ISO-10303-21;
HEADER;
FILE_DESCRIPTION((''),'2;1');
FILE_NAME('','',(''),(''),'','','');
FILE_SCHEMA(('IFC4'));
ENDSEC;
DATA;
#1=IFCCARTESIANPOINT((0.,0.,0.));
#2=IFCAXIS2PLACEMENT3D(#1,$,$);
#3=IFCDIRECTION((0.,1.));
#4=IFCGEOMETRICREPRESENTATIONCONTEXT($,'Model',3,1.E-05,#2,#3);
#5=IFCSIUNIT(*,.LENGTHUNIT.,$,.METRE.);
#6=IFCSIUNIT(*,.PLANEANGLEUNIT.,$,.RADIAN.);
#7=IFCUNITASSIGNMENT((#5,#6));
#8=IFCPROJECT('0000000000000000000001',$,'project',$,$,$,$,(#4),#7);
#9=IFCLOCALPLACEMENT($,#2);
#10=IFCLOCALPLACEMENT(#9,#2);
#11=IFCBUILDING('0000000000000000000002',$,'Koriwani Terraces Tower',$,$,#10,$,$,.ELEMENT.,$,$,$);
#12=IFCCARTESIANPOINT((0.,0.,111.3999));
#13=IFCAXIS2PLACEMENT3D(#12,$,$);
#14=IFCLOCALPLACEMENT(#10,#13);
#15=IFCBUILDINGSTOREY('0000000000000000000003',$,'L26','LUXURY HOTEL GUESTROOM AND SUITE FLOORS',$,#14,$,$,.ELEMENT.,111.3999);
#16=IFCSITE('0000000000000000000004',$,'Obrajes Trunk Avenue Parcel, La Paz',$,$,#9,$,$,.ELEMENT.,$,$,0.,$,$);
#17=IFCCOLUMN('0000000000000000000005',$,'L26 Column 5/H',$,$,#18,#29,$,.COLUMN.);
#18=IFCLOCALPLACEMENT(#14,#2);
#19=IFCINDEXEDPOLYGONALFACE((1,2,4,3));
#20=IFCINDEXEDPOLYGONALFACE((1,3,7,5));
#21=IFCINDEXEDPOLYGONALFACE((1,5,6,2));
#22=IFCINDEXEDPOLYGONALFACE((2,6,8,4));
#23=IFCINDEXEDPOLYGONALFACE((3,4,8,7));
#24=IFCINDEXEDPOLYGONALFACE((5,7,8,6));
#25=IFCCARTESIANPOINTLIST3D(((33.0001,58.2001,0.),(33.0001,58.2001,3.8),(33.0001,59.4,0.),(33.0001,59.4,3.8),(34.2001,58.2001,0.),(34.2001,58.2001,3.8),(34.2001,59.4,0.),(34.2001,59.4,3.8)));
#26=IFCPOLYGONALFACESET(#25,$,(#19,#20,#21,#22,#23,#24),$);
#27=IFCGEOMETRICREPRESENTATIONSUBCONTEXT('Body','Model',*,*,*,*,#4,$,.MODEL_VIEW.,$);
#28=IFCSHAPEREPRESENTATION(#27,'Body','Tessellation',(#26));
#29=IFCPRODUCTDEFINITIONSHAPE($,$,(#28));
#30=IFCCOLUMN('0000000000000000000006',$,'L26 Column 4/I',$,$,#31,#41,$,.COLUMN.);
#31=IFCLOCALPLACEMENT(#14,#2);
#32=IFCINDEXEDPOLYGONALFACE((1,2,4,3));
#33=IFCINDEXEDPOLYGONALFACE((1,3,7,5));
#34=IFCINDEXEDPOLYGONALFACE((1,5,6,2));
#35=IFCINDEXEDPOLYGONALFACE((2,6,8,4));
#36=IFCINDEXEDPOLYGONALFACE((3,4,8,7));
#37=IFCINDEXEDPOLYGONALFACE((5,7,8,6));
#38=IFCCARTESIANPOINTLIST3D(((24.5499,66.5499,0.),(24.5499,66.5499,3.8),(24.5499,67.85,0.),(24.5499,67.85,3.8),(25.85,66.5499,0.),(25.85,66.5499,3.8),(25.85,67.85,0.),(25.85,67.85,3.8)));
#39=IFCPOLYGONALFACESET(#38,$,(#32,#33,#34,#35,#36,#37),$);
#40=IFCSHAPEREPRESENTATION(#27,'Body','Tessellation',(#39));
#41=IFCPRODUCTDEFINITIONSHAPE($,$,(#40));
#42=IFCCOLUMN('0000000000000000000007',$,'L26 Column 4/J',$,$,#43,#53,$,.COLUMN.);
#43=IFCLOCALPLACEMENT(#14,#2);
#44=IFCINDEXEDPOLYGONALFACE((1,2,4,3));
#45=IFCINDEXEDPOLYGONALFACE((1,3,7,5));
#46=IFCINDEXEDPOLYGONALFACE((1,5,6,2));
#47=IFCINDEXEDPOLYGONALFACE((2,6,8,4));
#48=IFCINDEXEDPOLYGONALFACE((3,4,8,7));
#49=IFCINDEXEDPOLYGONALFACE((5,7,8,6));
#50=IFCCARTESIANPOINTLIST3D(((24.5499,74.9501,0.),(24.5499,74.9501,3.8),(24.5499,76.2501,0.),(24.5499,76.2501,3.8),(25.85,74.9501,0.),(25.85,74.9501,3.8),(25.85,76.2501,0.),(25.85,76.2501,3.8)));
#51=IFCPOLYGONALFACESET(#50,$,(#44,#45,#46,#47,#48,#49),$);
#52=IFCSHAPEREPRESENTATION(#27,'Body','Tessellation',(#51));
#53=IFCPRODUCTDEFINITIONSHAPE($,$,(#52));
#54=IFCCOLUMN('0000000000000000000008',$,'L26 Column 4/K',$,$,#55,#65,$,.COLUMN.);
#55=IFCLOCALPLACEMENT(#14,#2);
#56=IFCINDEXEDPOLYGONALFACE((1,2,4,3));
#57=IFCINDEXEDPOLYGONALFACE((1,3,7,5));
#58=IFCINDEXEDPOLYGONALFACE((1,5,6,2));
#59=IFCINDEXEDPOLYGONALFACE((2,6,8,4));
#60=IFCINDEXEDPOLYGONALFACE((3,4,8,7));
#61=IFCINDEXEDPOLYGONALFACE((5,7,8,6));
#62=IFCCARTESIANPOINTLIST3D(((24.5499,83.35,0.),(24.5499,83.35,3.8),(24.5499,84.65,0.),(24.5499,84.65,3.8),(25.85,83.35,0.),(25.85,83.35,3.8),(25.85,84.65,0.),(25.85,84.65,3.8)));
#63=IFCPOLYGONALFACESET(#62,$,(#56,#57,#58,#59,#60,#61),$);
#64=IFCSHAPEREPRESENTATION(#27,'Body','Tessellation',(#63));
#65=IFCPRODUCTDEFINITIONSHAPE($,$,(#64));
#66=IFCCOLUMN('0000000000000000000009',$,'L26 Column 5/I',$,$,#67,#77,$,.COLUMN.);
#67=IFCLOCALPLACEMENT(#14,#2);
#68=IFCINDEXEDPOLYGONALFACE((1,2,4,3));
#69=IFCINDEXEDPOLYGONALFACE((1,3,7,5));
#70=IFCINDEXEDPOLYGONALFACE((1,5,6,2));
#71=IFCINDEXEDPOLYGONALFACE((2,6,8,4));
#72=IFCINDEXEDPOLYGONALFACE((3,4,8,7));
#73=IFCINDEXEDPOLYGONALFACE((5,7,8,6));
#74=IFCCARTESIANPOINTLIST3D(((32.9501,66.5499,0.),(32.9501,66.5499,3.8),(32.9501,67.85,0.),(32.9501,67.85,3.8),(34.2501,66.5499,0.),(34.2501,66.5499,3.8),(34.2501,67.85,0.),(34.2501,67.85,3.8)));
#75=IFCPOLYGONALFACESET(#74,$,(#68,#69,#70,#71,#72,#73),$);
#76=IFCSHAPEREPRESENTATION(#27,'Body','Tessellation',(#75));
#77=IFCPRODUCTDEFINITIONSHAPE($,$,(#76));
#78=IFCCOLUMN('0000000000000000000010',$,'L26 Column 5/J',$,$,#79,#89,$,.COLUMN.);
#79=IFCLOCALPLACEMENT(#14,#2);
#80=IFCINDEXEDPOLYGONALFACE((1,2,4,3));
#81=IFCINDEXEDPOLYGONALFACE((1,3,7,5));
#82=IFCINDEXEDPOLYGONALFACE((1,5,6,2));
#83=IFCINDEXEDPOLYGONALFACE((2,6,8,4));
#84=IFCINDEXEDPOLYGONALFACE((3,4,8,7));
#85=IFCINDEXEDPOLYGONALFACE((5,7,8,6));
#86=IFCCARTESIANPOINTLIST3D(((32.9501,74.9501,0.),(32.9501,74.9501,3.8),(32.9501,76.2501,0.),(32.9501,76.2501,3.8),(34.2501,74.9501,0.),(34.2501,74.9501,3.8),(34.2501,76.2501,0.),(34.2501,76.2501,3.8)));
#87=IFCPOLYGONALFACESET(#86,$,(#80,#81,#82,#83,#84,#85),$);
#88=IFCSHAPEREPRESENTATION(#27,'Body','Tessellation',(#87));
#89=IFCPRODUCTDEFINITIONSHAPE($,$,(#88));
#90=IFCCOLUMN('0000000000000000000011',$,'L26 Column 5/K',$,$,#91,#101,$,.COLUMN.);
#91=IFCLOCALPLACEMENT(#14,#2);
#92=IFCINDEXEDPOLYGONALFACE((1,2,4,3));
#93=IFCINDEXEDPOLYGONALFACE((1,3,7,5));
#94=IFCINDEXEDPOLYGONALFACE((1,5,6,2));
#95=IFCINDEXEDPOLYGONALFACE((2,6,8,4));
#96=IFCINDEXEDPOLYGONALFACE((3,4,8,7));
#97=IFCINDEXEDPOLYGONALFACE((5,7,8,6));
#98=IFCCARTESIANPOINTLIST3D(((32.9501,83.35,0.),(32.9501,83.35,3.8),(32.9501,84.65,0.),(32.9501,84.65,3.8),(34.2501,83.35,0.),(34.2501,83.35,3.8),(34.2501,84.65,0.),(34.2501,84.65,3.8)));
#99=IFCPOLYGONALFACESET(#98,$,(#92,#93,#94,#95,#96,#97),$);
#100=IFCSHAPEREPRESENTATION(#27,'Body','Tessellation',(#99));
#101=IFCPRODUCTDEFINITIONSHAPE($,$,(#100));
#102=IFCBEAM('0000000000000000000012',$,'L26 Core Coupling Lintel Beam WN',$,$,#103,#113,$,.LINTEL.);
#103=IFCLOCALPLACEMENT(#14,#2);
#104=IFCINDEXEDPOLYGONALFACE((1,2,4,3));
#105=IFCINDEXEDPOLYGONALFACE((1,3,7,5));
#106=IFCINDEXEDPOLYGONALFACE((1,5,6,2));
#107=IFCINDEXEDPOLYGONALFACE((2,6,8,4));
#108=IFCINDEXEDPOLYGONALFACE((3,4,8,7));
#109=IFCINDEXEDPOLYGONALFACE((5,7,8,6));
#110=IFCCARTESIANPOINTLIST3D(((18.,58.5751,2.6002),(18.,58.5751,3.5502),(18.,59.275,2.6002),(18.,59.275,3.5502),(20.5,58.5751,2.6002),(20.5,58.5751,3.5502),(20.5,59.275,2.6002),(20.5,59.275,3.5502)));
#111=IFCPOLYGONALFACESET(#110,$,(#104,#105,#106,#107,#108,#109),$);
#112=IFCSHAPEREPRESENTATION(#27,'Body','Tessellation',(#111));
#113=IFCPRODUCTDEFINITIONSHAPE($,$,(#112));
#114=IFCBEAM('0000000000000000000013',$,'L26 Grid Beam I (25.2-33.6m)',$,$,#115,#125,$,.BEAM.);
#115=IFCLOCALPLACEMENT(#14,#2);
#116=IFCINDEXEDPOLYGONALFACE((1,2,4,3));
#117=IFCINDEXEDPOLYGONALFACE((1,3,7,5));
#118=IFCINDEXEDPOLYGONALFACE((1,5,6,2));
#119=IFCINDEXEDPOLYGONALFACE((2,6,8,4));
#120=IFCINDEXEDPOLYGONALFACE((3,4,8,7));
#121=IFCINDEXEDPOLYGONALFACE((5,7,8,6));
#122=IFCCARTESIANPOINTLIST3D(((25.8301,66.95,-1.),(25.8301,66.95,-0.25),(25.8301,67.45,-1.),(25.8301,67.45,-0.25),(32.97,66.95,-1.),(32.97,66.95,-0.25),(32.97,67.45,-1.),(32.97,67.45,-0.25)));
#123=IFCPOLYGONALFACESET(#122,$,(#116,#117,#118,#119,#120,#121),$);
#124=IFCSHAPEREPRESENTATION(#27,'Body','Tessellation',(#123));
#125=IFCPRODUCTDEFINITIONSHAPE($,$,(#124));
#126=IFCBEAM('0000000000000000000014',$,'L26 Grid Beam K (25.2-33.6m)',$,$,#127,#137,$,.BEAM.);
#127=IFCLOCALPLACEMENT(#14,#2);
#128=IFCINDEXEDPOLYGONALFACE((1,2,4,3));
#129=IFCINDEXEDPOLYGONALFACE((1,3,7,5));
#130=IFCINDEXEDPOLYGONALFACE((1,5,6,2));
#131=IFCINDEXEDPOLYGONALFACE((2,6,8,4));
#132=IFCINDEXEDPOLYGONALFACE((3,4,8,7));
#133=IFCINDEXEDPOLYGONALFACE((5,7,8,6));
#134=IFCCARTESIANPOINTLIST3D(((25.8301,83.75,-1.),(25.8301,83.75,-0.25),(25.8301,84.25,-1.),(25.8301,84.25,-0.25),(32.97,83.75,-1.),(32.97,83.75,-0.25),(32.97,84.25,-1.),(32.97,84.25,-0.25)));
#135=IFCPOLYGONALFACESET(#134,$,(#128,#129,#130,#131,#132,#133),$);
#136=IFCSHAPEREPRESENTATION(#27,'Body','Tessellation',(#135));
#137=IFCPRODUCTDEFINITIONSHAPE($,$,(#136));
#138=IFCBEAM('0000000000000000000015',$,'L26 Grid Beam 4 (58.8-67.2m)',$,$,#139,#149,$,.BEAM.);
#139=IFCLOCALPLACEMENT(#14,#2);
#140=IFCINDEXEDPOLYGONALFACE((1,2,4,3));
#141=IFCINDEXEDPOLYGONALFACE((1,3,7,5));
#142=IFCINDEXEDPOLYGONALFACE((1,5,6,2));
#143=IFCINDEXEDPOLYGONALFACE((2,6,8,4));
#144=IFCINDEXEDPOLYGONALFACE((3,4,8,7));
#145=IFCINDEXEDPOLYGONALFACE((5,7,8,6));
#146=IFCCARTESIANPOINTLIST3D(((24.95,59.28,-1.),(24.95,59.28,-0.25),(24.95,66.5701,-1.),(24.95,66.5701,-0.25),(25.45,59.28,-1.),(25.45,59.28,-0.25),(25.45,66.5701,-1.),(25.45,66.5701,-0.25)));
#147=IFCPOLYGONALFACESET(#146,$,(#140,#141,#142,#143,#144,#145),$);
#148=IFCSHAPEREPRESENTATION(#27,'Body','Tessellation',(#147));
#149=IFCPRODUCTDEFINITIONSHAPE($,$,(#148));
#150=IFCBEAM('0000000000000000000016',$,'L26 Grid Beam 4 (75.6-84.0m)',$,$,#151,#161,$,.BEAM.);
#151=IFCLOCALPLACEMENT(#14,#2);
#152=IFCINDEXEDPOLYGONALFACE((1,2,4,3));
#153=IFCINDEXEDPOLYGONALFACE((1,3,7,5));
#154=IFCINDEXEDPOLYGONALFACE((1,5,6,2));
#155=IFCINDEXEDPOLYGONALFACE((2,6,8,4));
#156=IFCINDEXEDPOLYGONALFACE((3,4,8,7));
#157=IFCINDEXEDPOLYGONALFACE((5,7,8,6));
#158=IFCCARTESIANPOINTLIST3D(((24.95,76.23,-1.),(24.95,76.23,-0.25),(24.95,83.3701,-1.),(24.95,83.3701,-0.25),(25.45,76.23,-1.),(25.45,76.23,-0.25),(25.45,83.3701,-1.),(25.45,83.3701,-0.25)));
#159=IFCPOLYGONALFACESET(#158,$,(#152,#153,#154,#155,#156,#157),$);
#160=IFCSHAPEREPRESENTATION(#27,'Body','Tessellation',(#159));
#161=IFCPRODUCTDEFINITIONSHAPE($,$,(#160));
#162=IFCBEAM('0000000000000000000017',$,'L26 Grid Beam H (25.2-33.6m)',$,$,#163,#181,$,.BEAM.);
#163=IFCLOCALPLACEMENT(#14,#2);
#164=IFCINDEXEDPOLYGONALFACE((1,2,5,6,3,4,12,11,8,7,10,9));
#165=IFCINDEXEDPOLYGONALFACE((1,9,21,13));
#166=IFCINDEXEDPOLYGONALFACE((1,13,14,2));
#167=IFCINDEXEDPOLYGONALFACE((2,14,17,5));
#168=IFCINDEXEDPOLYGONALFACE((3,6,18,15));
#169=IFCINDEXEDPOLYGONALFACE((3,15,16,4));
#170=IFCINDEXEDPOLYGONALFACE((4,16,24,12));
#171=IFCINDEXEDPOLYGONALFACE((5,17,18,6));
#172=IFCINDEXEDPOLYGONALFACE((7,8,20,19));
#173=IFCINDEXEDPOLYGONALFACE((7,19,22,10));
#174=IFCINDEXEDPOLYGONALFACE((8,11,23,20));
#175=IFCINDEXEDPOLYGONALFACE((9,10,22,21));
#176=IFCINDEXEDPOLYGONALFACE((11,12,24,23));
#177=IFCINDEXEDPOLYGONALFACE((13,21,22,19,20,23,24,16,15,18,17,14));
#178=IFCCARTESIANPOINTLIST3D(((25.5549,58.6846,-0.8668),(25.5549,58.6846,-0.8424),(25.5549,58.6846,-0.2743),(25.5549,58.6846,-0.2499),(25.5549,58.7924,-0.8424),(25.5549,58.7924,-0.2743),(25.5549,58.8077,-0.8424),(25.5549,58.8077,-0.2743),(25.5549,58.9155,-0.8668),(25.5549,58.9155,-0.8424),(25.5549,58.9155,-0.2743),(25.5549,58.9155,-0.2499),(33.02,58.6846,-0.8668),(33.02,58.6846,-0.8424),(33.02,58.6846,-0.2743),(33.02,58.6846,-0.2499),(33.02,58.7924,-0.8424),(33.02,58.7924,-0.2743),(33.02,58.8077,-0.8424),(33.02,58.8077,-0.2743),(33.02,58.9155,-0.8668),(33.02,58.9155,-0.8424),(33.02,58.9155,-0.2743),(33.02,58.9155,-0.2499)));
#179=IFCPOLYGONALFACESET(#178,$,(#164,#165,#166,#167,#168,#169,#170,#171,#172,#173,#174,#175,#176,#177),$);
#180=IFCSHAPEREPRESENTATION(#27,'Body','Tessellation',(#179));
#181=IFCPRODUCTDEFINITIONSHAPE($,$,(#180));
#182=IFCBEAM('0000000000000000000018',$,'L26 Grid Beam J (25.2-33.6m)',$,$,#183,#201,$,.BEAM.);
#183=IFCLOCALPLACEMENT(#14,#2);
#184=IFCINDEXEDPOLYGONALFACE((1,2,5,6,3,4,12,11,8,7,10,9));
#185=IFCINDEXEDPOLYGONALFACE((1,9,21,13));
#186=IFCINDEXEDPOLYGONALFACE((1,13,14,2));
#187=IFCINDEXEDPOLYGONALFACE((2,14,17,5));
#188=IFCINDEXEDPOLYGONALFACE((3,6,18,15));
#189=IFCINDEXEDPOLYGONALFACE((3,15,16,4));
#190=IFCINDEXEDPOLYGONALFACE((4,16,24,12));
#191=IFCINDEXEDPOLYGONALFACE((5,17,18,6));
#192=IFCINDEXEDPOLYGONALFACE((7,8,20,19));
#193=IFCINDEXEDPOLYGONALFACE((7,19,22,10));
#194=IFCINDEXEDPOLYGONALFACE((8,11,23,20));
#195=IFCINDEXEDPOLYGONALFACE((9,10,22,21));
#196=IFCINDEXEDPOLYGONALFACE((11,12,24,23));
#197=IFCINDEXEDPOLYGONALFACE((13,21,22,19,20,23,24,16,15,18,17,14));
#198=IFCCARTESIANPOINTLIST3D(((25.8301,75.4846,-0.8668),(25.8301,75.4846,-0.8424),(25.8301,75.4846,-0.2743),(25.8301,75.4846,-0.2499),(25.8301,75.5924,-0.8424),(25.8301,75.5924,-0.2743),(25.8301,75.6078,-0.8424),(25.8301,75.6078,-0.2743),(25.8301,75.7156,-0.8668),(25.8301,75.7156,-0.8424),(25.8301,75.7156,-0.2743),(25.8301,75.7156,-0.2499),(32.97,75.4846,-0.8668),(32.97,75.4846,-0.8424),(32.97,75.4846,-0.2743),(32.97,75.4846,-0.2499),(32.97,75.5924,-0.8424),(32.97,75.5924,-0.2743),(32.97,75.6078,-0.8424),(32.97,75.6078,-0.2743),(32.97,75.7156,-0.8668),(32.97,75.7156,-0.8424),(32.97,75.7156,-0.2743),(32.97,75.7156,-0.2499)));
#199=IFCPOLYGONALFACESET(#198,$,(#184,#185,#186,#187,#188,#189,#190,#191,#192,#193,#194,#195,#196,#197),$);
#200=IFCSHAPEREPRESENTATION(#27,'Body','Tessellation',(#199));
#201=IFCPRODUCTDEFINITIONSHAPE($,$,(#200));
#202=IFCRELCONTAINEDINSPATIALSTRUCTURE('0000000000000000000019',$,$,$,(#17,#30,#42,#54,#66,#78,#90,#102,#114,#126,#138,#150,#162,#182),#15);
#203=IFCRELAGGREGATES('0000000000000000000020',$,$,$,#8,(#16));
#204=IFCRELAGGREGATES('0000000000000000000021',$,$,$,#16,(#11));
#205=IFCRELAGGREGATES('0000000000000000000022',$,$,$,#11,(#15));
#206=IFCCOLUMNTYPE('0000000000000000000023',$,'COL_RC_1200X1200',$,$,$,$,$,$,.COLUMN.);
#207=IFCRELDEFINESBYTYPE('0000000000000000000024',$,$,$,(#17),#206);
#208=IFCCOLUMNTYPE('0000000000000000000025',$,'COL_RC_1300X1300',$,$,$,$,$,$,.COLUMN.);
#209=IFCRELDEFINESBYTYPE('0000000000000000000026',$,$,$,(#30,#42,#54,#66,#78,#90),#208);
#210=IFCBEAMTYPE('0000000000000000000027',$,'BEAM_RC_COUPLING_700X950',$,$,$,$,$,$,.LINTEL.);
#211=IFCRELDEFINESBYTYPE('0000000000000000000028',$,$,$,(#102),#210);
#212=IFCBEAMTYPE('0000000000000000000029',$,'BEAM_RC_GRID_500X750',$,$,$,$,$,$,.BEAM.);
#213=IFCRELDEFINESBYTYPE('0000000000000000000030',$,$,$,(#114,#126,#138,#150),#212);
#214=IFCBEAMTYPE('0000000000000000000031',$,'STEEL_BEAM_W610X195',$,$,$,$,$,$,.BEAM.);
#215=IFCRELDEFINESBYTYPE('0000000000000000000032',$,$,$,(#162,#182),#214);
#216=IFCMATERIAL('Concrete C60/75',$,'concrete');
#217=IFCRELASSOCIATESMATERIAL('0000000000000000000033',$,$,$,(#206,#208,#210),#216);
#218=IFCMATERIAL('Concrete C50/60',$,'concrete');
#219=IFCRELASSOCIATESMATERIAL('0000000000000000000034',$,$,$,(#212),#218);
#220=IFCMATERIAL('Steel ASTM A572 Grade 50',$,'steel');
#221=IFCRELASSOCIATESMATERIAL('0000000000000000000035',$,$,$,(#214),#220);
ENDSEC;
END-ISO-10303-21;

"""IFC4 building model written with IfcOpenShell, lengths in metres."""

from ifc_helpers import new_model, si_unit, direction, frame, origin, origin_2d, place, context, subcontext, project, spatial, rectangle, i_section, extrude, material, material_profile, profile_set, type_object, element, save


model = new_model("IFC4")

# Units and contexts
model_context = context("Model", 3, precision=1e-05, world=origin(), true_north=direction((0.0, 1.0)))
body_context = subcontext(model_context, "Body", "Model", "MODEL_VIEW")
ifc_project = project(units=[si_unit("LENGTHUNIT", "METRE"), si_unit("PLANEANGLEUNIT", "RADIAN")], contexts=[model_context])

# Site, building, storey
site_placement = place(None, origin())
site = spatial("IfcSite", under=ifc_project, at=site_placement, Name="Obrajes Trunk Avenue Parcel, La Paz", CompositionType="ELEMENT", RefElevation=0.0)
building_placement = place(site_placement, origin())
building = spatial("IfcBuilding", under=site, at=building_placement, Name="Koriwani Terraces Tower", CompositionType="ELEMENT")
storey_placement = place(building_placement, frame((0.0, 0.0, 111.3999)))
storey = spatial("IfcBuildingStorey", under=building, at=storey_placement, Name="L26", Description="LUXURY HOTEL GUESTROOM AND SUITE FLOORS", CompositionType="ELEMENT", Elevation=111.3999)

# Columns
ifc_material_1 = material(Name="Concrete C60/75", Category="concrete")
ifc_material_profile_1 = material_profile(ifc_material_1, rectangle(XDim=1.2, YDim=1.2, at=origin_2d()), Name="Concrete C60/75", Category="LoadBearing")
ifc_profile_set_1 = profile_set([ifc_material_profile_1], Name="Concrete C60/75")
column_type_1 = type_object("IfcColumnType", Name="COL_RC_1200X1200", PredefinedType="COLUMN", material=ifc_profile_set_1)
column_placement = place(storey_placement, frame((33.6001, 58.8, 0.0), z_axis=(0.0, 0.0, 1.0), x_axis=(1.0, 0.0, 0.0)))
element("IfcColumn", 1, at=column_placement, inside=storey, type_object=column_type_1, Name="L26 Column 5/H", PredefinedType="COLUMN", context=body_context, shape_type="SweptSolid", body=[
    extrude(rectangle(XDim=1.2, YDim=1.2, at=origin_2d()), origin(), (0.0, 0.0, 1.0), 3.8),
])
ifc_material_profile_2 = material_profile(ifc_material_1, rectangle(XDim=1.3, YDim=1.3, at=origin_2d()), Name="Concrete C60/75", Category="LoadBearing")
ifc_profile_set_2 = profile_set([ifc_material_profile_2], Name="Concrete C60/75")
column_type_2 = type_object("IfcColumnType", Name="COL_RC_1300X1300", PredefinedType="COLUMN", material=ifc_profile_set_2)
for number, where, z_axis, x_axis, name in (
    (2, (25.2, 67.2, 0.0), (0.0, 0.0, 1.0), (1.0, 0.0, 0.0), "L26 Column 4/I"),
    (3, (25.2, 75.6001, 0.0), (0.0, 0.0, 1.0), (1.0, 0.0, 0.0), "L26 Column 4/J"),
    (4, (25.2, 84.0, 0.0), (0.0, 0.0, 1.0), (1.0, 0.0, 0.0), "L26 Column 4/K"),
    (5, (33.6001, 67.2, 0.0), (0.0, 0.0, 1.0), (1.0, 0.0, 0.0), "L26 Column 5/I"),
    (6, (33.6001, 75.6001, 0.0), (0.0, 0.0, 1.0), (1.0, 0.0, 0.0), "L26 Column 5/J"),
    (7, (33.6001, 84.0, 0.0), (0.0, 0.0, 1.0), (1.0, 0.0, 0.0), "L26 Column 5/K"),
):
    element("IfcColumn", number, at=place(storey_placement, frame(where, z_axis=z_axis, x_axis=x_axis)), inside=storey, type_object=column_type_2, Name=name, PredefinedType="COLUMN", context=body_context, shape_type="SweptSolid", body=[
        extrude(rectangle(XDim=1.3, YDim=1.3, at=origin_2d()), origin(), (0.0, 0.0, 1.0), 3.8),
    ])

# Beams
ifc_material_profile_3 = material_profile(ifc_material_1, rectangle(XDim=0.7, YDim=0.95, at=origin_2d()), Name="Concrete C60/75", Category="LoadBearing")
ifc_profile_set_3 = profile_set([ifc_material_profile_3], Name="Concrete C60/75")
beam_type_1 = type_object("IfcBeamType", Name="BEAM_RC_COUPLING_700X950", PredefinedType="LINTEL", material=ifc_profile_set_3)
beam_1_placement = place(storey_placement, frame((18.0, 58.925, 3.0752), z_axis=(1.0, 0.0, 0.0), x_axis=(0.0, 1.0, 0.0)))
element("IfcBeam", 8, at=beam_1_placement, inside=storey, type_object=beam_type_1, Name="L26 Core Coupling Lintel Beam WN", PredefinedType="LINTEL", context=body_context, shape_type="SweptSolid", body=[
    extrude(rectangle(XDim=0.7, YDim=0.95, at=origin_2d()), origin(), (0.0, 0.0, 1.0), 2.5),
])
ifc_material_2 = material(Name="Concrete C50/60", Category="concrete")
ifc_material_profile_4 = material_profile(ifc_material_2, rectangle(XDim=0.5, YDim=0.75, at=origin_2d()), Name="Concrete C50/60", Category="LoadBearing")
ifc_profile_set_4 = profile_set([ifc_material_profile_4], Name="Concrete C50/60")
beam_type_2 = type_object("IfcBeamType", Name="BEAM_RC_GRID_500X750", PredefinedType="BEAM", material=ifc_profile_set_4)
for number, where, z_axis, x_axis, name in (
    (9, (25.8301, 67.2, -0.625), (1.0, 0.0, 0.0), (0.0, 1.0, 0.0), "L26 Grid Beam I (25.2-33.6m)"),
    (10, (25.8301, 84.0, -0.625), (1.0, 0.0, 0.0), (0.0, 1.0, 0.0), "L26 Grid Beam K (25.2-33.6m)"),
):
    element("IfcBeam", number, at=place(storey_placement, frame(where, z_axis=z_axis, x_axis=x_axis)), inside=storey, type_object=beam_type_2, Name=name, PredefinedType="BEAM", context=body_context, shape_type="SweptSolid", body=[
        extrude(rectangle(XDim=0.5, YDim=0.75, at=origin_2d()), origin(), (0.0, 0.0, 1.0), 7.1399),
    ])
beam_2_placement = place(storey_placement, frame((25.2, 59.28, -0.625), z_axis=(0.0, 1.0, 0.0), x_axis=(-1.0, 0.0, 0.0)))
element("IfcBeam", 11, at=beam_2_placement, inside=storey, type_object=beam_type_2, Name="L26 Grid Beam 4 (58.8-67.2m)", PredefinedType="BEAM", context=body_context, shape_type="SweptSolid", body=[
    extrude(rectangle(XDim=0.5, YDim=0.75, at=origin_2d()), origin(), (0.0, 0.0, 1.0), 7.29),
])
beam_3_placement = place(storey_placement, frame((25.2, 76.23, -0.625), z_axis=(0.0, 1.0, 0.0), x_axis=(-1.0, 0.0, 0.0)))
element("IfcBeam", 12, at=beam_3_placement, inside=storey, type_object=beam_type_2, Name="L26 Grid Beam 4 (75.6-84.0m)", PredefinedType="BEAM", context=body_context, shape_type="SweptSolid", body=[
    extrude(rectangle(XDim=0.5, YDim=0.75, at=origin_2d()), origin(), (0.0, 0.0, 1.0), 7.1401),
])
ifc_material_3 = material(Name="Steel ASTM A572 Grade 50", Category="steel")
ifc_material_profile_5 = material_profile(ifc_material_3, i_section(OverallWidth=0.231, OverallDepth=0.6169, WebThickness=0.0154, FlangeThickness=0.0244, at=origin_2d()), Name="Steel ASTM A572 Grade 50", Category="LoadBearing")
ifc_profile_set_5 = profile_set([ifc_material_profile_5], Name="Steel ASTM A572 Grade 50")
beam_type_3 = type_object("IfcBeamType", Name="STEEL_BEAM_W610X195", PredefinedType="BEAM", material=ifc_profile_set_5)
beam_4_placement = place(storey_placement, frame((25.5549, 58.8, -0.5583), z_axis=(1.0, 0.0, 0.0), x_axis=(0.0, 1.0, 0.0)))
element("IfcBeam", 13, at=beam_4_placement, inside=storey, type_object=beam_type_3, Name="L26 Grid Beam H (25.2-33.6m)", PredefinedType="BEAM", context=body_context, shape_type="SweptSolid", body=[
    extrude(i_section(OverallWidth=0.231, OverallDepth=0.6169, WebThickness=0.0154, FlangeThickness=0.0244, at=origin_2d()), origin(), (0.0, 0.0, 1.0), 7.4651),
])
for number, where, z_axis, x_axis, name in (
    (14, (25.8301, 75.6001, -0.5583), (1.0, 0.0, 0.0), (0.0, 1.0, 0.0), "L26 Grid Beam J (25.2-33.6m)"),
):
    element("IfcBeam", number, at=place(storey_placement, frame(where, z_axis=z_axis, x_axis=x_axis)), inside=storey, type_object=beam_type_3, Name=name, PredefinedType="BEAM", context=body_context, shape_type="SweptSolid", body=[
        extrude(i_section(OverallWidth=0.231, OverallDepth=0.6169, WebThickness=0.0154, FlangeThickness=0.0244, at=origin_2d()), origin(), (0.0, 0.0, 1.0), 7.1399),
    ])

save(model, "model.ifc")
